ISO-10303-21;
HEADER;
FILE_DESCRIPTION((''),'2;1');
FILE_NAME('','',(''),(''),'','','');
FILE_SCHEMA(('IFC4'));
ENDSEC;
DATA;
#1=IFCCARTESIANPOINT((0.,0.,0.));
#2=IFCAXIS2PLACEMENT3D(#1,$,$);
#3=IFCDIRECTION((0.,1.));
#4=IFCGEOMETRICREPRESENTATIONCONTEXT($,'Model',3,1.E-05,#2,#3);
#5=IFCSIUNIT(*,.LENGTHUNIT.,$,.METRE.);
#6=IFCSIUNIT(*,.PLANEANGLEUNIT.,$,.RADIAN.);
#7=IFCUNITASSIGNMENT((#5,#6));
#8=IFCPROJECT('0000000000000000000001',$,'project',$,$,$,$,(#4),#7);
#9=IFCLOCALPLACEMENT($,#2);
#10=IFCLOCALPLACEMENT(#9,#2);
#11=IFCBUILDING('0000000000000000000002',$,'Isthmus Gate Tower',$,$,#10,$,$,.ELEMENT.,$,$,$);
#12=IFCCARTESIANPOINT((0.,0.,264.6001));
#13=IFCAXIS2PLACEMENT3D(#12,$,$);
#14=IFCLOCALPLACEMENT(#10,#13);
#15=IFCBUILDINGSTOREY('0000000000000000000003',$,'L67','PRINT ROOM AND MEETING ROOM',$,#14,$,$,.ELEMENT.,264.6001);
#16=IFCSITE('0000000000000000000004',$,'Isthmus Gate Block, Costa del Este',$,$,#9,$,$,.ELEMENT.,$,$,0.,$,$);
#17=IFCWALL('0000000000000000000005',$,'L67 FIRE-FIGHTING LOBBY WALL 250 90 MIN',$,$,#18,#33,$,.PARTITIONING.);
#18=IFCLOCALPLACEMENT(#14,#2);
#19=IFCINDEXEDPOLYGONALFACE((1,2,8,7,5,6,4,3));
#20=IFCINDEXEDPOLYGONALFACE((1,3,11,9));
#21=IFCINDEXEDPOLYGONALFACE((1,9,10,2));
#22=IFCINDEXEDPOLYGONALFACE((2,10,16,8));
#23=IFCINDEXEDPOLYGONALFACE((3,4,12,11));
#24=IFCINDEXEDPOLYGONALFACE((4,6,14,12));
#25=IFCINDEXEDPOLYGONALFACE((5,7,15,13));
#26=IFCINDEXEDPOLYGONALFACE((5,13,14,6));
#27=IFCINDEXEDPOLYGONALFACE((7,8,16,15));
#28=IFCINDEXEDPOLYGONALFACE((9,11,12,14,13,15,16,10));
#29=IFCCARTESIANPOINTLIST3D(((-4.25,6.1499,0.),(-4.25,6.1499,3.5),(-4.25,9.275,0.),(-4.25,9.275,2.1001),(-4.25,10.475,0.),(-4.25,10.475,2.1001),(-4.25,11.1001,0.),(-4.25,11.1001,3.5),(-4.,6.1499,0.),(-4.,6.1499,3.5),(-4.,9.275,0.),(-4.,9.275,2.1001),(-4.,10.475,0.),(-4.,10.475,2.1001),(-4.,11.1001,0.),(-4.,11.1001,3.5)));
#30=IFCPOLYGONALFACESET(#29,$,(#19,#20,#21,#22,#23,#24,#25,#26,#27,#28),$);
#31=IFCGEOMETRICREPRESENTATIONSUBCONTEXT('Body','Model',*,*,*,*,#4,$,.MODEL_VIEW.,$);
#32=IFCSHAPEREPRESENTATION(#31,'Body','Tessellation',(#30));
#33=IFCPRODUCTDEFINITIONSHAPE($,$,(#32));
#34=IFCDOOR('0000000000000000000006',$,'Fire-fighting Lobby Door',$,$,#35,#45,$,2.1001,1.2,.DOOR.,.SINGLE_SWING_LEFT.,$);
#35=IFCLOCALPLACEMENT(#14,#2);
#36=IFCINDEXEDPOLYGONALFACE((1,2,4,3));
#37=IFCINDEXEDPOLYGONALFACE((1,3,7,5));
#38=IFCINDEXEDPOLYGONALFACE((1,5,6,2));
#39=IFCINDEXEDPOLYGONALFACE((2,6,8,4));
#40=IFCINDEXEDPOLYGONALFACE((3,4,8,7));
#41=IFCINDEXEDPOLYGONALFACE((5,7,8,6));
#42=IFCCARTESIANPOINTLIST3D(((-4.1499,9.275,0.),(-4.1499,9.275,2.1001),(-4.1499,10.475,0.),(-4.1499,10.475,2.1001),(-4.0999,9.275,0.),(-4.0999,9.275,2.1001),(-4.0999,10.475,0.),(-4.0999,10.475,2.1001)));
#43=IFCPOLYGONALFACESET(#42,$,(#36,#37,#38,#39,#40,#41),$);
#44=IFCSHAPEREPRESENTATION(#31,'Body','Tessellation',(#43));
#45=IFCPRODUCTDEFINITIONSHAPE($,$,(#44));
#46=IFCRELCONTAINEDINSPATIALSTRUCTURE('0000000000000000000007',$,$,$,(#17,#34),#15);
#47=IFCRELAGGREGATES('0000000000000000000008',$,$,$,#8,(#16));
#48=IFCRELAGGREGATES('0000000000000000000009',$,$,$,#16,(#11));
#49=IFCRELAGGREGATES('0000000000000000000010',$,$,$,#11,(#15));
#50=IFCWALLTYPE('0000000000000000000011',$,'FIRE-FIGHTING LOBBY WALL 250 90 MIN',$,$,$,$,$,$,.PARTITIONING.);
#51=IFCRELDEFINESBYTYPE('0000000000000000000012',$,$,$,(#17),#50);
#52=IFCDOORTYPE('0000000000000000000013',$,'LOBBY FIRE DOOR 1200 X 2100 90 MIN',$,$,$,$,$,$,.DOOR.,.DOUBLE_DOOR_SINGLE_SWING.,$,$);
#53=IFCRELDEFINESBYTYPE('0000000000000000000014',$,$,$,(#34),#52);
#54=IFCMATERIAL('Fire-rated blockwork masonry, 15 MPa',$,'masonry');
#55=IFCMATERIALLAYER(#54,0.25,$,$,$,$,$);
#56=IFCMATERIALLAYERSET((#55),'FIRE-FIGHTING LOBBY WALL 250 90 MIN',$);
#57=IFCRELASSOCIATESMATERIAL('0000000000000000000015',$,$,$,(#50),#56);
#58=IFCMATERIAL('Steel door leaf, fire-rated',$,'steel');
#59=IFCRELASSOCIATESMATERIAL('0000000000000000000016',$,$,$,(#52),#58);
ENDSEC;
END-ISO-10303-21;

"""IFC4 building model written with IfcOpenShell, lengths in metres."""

from ifc_helpers import new_model, si_unit, direction, frame, frame_2d, origin, place, context, subcontext, project, spatial, rectangle, extrude, material, layer, layer_set, type_object, element, fill, save


model = new_model("IFC4")

# Units and contexts
model_context = context("Model", 3, precision=1e-05, world=origin(), true_north=direction((0.0, 1.0)))
body_context = subcontext(model_context, "Body", "Model", "MODEL_VIEW")
ifc_project = project(units=[si_unit("LENGTHUNIT", "METRE"), si_unit("PLANEANGLEUNIT", "RADIAN")], contexts=[model_context])

# Site, building, storey
site_placement = place(None, origin())
site = spatial("IfcSite", under=ifc_project, at=site_placement, Name="Isthmus Gate Block, Costa del Este", CompositionType="ELEMENT", RefElevation=0.0)
building_placement = place(site_placement, origin())
building = spatial("IfcBuilding", under=site, at=building_placement, Name="Isthmus Gate Tower", CompositionType="ELEMENT")
storey_placement = place(building_placement, frame((0.0, 0.0, 264.6001)))
storey = spatial("IfcBuildingStorey", under=building, at=storey_placement, Name="L67", Description="PRINT ROOM AND MEETING ROOM", CompositionType="ELEMENT", Elevation=264.6001)

# Wall, opening, door
ifc_material_1 = material(Name="Fire-rated blockwork masonry, 15 MPa", Category="masonry")
ifc_layer_1 = layer(ifc_material_1, 0.25)
ifc_layer_set_1 = layer_set([ifc_layer_1], Name="FIRE-FIGHTING LOBBY WALL 250 90 MIN")
wall_type_1 = type_object("IfcWallType", Name="FIRE-FIGHTING LOBBY WALL 250 90 MIN", PredefinedType="PARTITIONING", material=ifc_layer_set_1)
wall_1_placement = place(storey_placement, frame((-4.125, 6.1499, 0.0), z_axis=(0.0, 0.0, 1.0), x_axis=(0.0, 1.0, 0.0)))
wall_1 = element("IfcWall", 1, at=wall_1_placement, inside=storey, type_object=wall_type_1, Name="L67 FIRE-FIGHTING LOBBY WALL 250 90 MIN", PredefinedType="PARTITIONING", context=body_context, shape_type="SweptSolid", body=[
    extrude(rectangle(XDim=4.9502, YDim=0.25, at=frame_2d((2.4751, 0.0))), origin(), (0.0, 0.0, 1.0), 3.5),
])
opening_1_placement = place(wall_1_placement, frame((3.125, 0.0, 0.0)))
opening_1 = element("IfcOpeningElement", 2, at=opening_1_placement, cuts=wall_1, PredefinedType="OPENING", context=body_context, shape_type="SweptSolid", body=[
    extrude(rectangle(XDim=1.2, YDim=2.1001, at=frame_2d((0.6001, 1.05))), frame((0.0, 0.135, 0.0), z_axis=(0.0, -1.0, 0.0), x_axis=(1.0, 0.0, 0.0)), (0.0, 0.0, 1.0), 0.27),
])
ifc_material_2 = material(Name="Steel door leaf, fire-rated", Category="steel")
door_type_1 = type_object("IfcDoorType", Name="LOBBY FIRE DOOR 1200 X 2100 90 MIN", OperationType="DOUBLE_DOOR_SINGLE_SWING", PredefinedType="DOOR", material=ifc_material_2)
door_1_placement = place(opening_1_placement, origin())
door_1 = element("IfcDoor", 3, at=door_1_placement, inside=storey, type_object=door_type_1, Name="Fire-fighting Lobby Door", OperationType="SINGLE_SWING_LEFT", OverallHeight=2.1001, OverallWidth=1.2, PredefinedType="DOOR", context=body_context, shape_type="SweptSolid", body=[
    extrude(rectangle(XDim=1.2, YDim=2.1001, at=frame_2d((0.6001, 1.05))), frame((0.0, 0.0249, 0.0), z_axis=(0.0, -1.0, 0.0), x_axis=(1.0, 0.0, 0.0)), (0.0, 0.0, 1.0), 0.05),
])
fill(opening_1, door_1)

save(model, "model.ifc")
